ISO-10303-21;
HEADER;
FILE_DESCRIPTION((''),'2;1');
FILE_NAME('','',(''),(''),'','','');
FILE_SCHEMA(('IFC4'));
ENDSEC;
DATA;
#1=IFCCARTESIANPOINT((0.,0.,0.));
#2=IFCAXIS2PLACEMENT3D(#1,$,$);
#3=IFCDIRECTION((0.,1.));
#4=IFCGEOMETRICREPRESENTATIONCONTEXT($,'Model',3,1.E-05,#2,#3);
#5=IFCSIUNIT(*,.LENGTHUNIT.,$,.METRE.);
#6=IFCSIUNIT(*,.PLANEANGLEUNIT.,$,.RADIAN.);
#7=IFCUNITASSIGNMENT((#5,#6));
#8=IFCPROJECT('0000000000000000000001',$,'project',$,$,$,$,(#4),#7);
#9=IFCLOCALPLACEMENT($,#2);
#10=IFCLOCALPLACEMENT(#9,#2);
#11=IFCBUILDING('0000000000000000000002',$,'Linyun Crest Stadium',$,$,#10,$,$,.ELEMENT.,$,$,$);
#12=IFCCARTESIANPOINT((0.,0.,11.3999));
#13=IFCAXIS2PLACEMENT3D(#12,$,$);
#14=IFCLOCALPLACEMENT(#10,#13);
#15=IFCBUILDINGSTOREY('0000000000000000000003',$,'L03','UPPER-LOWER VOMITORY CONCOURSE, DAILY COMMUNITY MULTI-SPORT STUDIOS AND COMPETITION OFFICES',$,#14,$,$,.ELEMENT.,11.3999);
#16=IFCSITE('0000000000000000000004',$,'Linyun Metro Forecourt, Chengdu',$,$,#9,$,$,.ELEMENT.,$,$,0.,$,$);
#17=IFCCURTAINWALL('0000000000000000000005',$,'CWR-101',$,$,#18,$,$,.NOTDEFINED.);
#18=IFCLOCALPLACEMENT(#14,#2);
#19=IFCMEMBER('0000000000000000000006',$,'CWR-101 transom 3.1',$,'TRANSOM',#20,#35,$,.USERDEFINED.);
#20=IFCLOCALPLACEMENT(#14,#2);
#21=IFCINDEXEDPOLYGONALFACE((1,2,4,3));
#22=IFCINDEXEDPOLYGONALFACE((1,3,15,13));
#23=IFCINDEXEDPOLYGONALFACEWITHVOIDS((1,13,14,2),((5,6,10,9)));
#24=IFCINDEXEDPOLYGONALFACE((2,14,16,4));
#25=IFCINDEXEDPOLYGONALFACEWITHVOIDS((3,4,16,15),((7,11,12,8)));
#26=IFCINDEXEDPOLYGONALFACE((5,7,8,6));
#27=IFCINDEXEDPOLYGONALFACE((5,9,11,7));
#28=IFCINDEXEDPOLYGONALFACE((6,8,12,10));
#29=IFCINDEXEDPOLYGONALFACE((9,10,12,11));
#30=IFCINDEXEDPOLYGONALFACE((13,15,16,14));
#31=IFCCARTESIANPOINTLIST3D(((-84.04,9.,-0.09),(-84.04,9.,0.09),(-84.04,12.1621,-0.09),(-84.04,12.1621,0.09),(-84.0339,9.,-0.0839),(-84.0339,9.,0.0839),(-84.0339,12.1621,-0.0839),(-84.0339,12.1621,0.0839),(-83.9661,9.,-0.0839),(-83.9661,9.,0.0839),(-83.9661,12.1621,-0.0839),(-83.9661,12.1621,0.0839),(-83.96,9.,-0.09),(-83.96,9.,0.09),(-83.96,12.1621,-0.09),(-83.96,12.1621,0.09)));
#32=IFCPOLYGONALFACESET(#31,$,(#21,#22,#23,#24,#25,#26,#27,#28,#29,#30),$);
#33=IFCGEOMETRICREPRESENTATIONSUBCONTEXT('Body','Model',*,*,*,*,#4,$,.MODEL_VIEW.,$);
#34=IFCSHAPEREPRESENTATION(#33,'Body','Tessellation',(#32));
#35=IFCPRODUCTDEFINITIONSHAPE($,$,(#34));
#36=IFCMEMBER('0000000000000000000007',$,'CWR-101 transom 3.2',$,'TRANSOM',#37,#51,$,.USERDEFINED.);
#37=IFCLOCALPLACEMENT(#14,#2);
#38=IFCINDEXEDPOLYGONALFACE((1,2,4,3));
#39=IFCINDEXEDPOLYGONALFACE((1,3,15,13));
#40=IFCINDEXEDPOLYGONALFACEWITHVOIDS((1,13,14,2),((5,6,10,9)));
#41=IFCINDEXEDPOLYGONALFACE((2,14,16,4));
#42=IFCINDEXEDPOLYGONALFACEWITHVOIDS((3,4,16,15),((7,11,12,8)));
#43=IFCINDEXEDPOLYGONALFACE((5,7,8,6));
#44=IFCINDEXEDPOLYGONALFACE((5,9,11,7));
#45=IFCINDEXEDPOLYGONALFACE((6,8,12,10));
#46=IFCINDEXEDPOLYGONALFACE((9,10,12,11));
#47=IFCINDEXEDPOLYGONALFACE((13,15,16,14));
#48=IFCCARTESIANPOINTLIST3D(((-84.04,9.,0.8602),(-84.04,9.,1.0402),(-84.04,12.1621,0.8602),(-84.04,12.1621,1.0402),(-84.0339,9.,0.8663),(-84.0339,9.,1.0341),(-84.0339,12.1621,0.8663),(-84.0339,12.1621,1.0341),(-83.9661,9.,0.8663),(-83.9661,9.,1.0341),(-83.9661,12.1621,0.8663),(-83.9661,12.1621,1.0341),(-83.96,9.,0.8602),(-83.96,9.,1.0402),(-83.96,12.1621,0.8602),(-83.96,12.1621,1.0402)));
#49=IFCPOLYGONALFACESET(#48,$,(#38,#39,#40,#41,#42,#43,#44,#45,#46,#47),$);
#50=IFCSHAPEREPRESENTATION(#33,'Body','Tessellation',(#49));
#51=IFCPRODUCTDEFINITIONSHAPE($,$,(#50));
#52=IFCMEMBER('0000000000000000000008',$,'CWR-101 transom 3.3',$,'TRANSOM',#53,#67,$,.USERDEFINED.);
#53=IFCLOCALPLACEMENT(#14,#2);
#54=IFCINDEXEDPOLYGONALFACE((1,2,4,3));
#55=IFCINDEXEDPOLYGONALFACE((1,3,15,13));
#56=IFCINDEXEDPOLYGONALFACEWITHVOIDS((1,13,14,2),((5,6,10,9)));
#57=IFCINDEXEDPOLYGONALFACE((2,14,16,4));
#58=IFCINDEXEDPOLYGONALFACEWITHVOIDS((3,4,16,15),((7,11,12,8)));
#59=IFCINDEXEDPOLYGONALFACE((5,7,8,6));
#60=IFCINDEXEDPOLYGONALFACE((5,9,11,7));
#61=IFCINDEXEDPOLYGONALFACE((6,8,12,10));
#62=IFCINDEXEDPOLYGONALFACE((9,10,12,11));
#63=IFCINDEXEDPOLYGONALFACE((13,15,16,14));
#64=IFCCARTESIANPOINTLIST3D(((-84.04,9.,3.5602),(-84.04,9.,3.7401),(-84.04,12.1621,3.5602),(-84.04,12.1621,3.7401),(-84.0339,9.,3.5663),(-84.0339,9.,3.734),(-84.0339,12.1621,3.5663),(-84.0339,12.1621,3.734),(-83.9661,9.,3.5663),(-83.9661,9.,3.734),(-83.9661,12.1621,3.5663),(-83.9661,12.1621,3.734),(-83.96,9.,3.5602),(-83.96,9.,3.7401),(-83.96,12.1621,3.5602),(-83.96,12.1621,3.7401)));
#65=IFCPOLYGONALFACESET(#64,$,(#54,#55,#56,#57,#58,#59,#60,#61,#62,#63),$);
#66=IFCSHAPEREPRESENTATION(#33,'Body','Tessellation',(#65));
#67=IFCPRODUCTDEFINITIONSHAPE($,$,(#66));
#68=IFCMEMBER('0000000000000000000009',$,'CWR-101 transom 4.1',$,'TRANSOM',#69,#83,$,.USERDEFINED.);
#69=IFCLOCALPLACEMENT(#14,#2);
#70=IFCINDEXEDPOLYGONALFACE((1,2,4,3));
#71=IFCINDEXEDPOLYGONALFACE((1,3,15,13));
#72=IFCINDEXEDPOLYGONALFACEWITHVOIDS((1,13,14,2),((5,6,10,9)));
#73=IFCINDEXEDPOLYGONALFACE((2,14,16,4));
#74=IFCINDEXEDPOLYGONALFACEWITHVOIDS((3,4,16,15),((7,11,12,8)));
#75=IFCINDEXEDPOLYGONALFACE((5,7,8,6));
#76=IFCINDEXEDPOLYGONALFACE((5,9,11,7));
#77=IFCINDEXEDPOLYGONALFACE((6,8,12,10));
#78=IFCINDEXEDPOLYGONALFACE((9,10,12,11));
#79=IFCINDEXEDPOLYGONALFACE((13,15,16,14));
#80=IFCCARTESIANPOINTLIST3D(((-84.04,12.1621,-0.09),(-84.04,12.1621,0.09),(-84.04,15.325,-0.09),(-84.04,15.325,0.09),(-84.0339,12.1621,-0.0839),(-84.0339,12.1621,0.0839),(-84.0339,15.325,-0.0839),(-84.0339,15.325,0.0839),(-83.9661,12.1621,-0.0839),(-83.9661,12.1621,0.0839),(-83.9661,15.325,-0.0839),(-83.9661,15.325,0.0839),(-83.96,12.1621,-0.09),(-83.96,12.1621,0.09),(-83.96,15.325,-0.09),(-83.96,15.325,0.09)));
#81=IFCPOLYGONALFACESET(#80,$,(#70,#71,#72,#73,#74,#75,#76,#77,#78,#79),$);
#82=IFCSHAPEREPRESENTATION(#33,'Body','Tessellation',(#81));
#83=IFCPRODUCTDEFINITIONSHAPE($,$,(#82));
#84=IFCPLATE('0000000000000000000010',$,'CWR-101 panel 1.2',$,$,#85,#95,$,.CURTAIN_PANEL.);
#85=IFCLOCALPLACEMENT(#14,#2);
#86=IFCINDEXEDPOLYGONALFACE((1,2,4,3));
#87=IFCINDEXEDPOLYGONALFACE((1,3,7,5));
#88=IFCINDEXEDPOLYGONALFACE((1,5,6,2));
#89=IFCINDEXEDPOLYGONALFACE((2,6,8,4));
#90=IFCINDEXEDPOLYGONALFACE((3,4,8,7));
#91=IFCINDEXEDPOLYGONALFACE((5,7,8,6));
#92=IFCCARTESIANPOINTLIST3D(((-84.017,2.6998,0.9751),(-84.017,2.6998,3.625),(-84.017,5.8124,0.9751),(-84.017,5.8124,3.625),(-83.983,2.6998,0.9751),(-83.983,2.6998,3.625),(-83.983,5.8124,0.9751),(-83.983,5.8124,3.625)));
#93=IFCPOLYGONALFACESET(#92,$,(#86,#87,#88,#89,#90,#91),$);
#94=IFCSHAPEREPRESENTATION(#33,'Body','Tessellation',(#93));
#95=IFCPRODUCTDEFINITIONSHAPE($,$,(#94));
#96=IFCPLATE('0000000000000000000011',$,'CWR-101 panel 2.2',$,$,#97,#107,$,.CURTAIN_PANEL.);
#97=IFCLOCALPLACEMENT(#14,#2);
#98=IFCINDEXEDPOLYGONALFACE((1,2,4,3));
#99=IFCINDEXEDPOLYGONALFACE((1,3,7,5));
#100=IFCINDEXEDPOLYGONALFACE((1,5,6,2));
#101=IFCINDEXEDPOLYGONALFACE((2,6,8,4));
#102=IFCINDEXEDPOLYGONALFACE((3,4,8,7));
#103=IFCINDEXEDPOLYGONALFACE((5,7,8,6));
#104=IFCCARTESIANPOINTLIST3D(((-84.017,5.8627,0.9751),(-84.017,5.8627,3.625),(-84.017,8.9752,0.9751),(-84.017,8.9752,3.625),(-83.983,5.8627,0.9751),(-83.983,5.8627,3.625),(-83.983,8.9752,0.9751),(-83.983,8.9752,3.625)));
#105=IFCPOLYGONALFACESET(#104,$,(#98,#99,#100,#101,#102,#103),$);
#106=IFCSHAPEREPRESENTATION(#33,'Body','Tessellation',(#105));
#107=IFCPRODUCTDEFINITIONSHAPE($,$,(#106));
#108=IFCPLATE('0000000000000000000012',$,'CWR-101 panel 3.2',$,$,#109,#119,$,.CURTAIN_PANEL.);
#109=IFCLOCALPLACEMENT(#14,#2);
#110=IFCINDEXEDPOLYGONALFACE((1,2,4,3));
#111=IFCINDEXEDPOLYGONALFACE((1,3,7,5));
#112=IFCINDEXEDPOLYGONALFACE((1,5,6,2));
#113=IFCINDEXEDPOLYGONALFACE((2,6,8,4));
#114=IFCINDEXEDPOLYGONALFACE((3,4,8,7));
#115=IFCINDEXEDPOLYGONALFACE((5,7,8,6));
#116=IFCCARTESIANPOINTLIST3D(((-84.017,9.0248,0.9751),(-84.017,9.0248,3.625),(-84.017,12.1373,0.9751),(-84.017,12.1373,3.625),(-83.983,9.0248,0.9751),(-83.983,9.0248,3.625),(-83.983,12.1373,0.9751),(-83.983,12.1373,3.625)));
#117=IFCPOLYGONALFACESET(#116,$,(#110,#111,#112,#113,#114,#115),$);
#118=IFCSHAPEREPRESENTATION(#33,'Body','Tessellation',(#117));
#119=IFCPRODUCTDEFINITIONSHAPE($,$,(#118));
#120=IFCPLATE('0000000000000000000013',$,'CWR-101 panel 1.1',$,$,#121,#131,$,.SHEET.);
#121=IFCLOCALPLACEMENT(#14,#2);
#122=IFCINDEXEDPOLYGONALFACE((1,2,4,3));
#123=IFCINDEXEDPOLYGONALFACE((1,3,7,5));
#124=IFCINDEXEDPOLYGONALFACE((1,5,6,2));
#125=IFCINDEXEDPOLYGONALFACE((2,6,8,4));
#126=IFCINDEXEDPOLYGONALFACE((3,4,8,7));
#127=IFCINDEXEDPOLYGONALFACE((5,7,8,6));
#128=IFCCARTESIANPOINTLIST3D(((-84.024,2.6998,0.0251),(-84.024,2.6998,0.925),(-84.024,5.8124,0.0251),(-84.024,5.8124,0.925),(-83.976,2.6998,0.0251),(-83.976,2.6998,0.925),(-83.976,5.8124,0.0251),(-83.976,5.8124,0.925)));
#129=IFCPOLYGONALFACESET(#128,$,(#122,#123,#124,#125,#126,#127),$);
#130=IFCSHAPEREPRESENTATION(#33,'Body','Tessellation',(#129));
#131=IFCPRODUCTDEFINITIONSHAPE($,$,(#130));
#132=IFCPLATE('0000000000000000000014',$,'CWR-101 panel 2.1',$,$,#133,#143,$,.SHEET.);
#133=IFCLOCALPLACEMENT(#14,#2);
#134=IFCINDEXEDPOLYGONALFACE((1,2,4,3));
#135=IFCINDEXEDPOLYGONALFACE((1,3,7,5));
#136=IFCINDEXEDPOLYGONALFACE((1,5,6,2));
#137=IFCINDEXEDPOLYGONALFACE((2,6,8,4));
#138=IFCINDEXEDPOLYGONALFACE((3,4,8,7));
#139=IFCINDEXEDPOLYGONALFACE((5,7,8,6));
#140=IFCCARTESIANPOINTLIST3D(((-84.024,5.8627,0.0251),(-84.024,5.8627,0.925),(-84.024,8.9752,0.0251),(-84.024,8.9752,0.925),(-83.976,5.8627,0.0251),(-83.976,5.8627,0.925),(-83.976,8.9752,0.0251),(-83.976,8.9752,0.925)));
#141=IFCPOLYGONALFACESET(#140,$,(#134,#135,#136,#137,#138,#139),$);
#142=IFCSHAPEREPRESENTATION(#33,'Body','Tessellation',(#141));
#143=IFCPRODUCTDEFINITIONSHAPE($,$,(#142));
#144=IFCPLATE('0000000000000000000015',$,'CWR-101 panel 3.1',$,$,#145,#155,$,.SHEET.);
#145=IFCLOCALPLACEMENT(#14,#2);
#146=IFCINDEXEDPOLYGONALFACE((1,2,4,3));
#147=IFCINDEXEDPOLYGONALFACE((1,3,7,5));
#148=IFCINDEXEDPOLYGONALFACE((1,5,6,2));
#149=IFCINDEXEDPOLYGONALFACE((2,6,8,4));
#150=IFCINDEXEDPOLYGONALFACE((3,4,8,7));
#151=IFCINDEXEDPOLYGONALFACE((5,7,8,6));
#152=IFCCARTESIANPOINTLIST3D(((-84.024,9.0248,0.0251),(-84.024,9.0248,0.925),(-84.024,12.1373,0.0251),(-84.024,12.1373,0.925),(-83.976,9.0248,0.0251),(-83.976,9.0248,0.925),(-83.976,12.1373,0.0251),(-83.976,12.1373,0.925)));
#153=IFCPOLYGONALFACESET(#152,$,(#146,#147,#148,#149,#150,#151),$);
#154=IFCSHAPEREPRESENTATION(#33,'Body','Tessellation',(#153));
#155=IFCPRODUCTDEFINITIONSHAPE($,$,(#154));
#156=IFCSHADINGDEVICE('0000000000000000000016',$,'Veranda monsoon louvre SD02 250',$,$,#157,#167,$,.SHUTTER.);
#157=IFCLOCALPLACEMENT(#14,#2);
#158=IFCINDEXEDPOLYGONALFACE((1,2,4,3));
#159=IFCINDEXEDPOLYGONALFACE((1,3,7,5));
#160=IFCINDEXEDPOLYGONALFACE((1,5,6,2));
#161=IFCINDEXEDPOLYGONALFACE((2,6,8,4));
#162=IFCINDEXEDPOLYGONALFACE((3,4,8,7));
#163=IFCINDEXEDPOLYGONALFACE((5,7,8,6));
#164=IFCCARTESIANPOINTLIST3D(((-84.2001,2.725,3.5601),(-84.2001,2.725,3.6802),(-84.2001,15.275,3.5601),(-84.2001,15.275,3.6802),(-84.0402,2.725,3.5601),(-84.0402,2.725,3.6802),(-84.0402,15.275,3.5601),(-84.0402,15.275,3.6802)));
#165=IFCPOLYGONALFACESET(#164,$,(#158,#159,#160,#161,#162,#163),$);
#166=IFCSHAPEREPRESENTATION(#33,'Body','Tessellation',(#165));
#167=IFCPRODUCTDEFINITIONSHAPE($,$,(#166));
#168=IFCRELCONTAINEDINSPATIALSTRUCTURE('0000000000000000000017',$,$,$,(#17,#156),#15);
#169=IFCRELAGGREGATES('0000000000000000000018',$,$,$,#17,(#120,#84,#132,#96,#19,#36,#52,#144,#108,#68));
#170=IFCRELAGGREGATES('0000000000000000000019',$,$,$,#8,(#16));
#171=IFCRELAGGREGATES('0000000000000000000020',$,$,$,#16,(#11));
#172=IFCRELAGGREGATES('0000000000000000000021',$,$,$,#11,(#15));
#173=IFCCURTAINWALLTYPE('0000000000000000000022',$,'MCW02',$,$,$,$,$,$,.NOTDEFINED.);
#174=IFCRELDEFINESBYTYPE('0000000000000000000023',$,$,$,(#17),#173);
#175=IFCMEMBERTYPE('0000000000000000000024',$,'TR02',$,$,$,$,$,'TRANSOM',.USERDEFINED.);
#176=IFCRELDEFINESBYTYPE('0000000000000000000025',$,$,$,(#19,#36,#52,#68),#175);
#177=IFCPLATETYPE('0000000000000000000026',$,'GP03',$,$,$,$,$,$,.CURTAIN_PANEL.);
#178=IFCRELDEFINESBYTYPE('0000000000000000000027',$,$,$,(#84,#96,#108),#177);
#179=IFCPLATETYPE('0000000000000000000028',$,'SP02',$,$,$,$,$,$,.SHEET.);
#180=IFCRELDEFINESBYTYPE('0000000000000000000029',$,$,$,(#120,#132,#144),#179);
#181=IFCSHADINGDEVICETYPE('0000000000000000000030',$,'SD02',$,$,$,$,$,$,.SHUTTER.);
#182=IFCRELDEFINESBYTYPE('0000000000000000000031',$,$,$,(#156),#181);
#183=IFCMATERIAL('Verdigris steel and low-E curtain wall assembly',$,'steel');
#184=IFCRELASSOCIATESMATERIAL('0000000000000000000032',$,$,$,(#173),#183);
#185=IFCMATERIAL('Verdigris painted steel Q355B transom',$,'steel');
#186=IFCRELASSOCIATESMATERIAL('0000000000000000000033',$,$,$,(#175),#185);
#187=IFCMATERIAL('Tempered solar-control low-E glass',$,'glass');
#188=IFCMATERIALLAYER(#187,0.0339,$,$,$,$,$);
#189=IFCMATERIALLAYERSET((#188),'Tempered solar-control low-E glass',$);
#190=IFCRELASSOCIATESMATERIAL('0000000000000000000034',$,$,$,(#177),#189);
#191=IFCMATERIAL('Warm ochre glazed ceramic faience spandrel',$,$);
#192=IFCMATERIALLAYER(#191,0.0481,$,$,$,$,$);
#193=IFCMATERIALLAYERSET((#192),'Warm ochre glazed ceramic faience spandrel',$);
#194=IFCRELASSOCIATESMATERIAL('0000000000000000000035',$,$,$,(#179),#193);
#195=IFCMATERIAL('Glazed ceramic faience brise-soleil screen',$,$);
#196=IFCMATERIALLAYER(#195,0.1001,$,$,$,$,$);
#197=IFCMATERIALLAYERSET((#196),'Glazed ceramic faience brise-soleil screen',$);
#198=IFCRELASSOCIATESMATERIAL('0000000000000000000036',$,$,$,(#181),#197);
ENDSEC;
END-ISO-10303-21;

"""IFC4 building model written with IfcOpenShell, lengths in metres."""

from ifc_helpers import new_model, si_unit, direction, frame, origin, origin_2d, place, context, subcontext, project, spatial, rectangle, hollow_rectangle, extrude, material, layer, layer_set, material_profile, profile_set, type_object, element, aggregate, save


model = new_model("IFC4")

# Units and contexts
model_context = context("Model", 3, precision=1e-05, world=origin(), true_north=direction((0.0, 1.0)))
body_context = subcontext(model_context, "Body", "Model", "MODEL_VIEW")
ifc_project = project(units=[si_unit("LENGTHUNIT", "METRE"), si_unit("PLANEANGLEUNIT", "RADIAN")], contexts=[model_context])

# Site, building, storey
site_placement = place(None, origin())
site = spatial("IfcSite", under=ifc_project, at=site_placement, Name="Linyun Metro Forecourt, Chengdu", CompositionType="ELEMENT", RefElevation=0.0)
building_placement = place(site_placement, origin())
building = spatial("IfcBuilding", under=site, at=building_placement, Name="Linyun Crest Stadium", CompositionType="ELEMENT")
storey_placement = place(building_placement, frame((0.0, 0.0, 11.3999)))
storey = spatial("IfcBuildingStorey", under=building, at=storey_placement, Name="L03", Description="UPPER-LOWER VOMITORY CONCOURSE, DAILY COMMUNITY MULTI-SPORT STUDIOS AND COMPETITION OFFICES", CompositionType="ELEMENT", Elevation=11.3999)

# Curtain wall, members, plates
ifc_material_1 = material(Name="Verdigris steel and low-E curtain wall assembly", Category="steel")
curtain_wall_type = type_object("IfcCurtainWallType", Name="MCW02", PredefinedType="NOTDEFINED", material=ifc_material_1)
curtain_wall_placement = place(storey_placement, origin())
curtain_wall = element("IfcCurtainWall", 1, at=curtain_wall_placement, inside=storey, type_object=curtain_wall_type, Name="CWR-101", PredefinedType="NOTDEFINED")
ifc_material_2 = material(Name="Verdigris painted steel Q355B transom", Category="steel")
ifc_material_profile_1 = material_profile(ifc_material_2, hollow_rectangle(XDim=0.0801, YDim=0.1799, WallThickness=0.0061, at=origin_2d()), Name="RHS 180x80x6")
ifc_profile_set_1 = profile_set([ifc_material_profile_1], Name="Verdigris painted steel Q355B transom")
member_type_1 = type_object("IfcMemberType", Name="TR02", ElementType="TRANSOM", PredefinedType="USERDEFINED", material=ifc_profile_set_1)
member_1_placement = place(storey_placement, frame((-84.0, 9.0, 0.0), z_axis=(0.0, 1.0, 0.0), x_axis=(-1.0, 0.0, 0.0)))
member_1 = element("IfcMember", 2, at=member_1_placement, type_object=member_type_1, Name="CWR-101 transom 3.1", ObjectType="TRANSOM", PredefinedType="USERDEFINED", context=body_context, shape_type="SweptSolid", body=[
    extrude(hollow_rectangle(XDim=0.0801, YDim=0.1799, WallThickness=0.0061, at=origin_2d()), origin(), (0.0, 0.0, 1.0), 3.1621),
])
member_2_placement = place(storey_placement, frame((-84.0, 9.0, 0.9502), z_axis=(0.0, 1.0, 0.0), x_axis=(-1.0, 0.0, 0.0)))
member_2 = element("IfcMember", 3, at=member_2_placement, type_object=member_type_1, Name="CWR-101 transom 3.2", ObjectType="TRANSOM", PredefinedType="USERDEFINED", context=body_context, shape_type="SweptSolid", body=[
    extrude(hollow_rectangle(XDim=0.0801, YDim=0.1799, WallThickness=0.0061, at=origin_2d()), origin(), (0.0, 0.0, 1.0), 3.1621),
])
member_3_placement = place(storey_placement, frame((-84.0, 9.0, 3.6501), z_axis=(0.0, 1.0, 0.0), x_axis=(-1.0, 0.0, 0.0)))
member_3 = element("IfcMember", 4, at=member_3_placement, type_object=member_type_1, Name="CWR-101 transom 3.3", ObjectType="TRANSOM", PredefinedType="USERDEFINED", context=body_context, shape_type="SweptSolid", body=[
    extrude(hollow_rectangle(XDim=0.0801, YDim=0.1799, WallThickness=0.0061, at=origin_2d()), origin(), (0.0, 0.0, 1.0), 3.1621),
])
member_4_placement = place(storey_placement, frame((-84.0, 12.1621, 0.0), z_axis=(0.0, 1.0, 0.0), x_axis=(-1.0, 0.0, 0.0)))
member_4 = element("IfcMember", 5, at=member_4_placement, type_object=member_type_1, Name="CWR-101 transom 4.1", ObjectType="TRANSOM", PredefinedType="USERDEFINED", context=body_context, shape_type="SweptSolid", body=[
    extrude(hollow_rectangle(XDim=0.0801, YDim=0.1799, WallThickness=0.0061, at=origin_2d()), origin(), (0.0, 0.0, 1.0), 3.1628),
])
ifc_material_3 = material(Name="Tempered solar-control low-E glass", Category="glass")
ifc_layer_1 = layer(ifc_material_3, 0.0339)
ifc_layer_set_1 = layer_set([ifc_layer_1], Name="Tempered solar-control low-E glass")
plate_type_1 = type_object("IfcPlateType", Name="GP03", PredefinedType="CURTAIN_PANEL", material=ifc_layer_set_1)
plate_1_placement = place(storey_placement, frame((-84.0, 4.2561, 0.9751), z_axis=(0.0, 0.0, 1.0), x_axis=(0.0, 1.0, 0.0)))
plate_1 = element("IfcPlate", 6, at=plate_1_placement, type_object=plate_type_1, Name="CWR-101 panel 1.2", PredefinedType="CURTAIN_PANEL", context=body_context, shape_type="SweptSolid", body=[
    extrude(rectangle(XDim=3.1125, YDim=0.0339, at=origin_2d()), origin(), (0.0, 0.0, 1.0), 2.6499),
])
plate_2_placement = place(storey_placement, frame((-84.0, 7.4189, 0.9751), z_axis=(0.0, 0.0, 1.0), x_axis=(0.0, 1.0, 0.0)))
plate_2 = element("IfcPlate", 7, at=plate_2_placement, type_object=plate_type_1, Name="CWR-101 panel 2.2", PredefinedType="CURTAIN_PANEL", context=body_context, shape_type="SweptSolid", body=[
    extrude(rectangle(XDim=3.1125, YDim=0.0339, at=origin_2d()), origin(), (0.0, 0.0, 1.0), 2.6499),
])
plate_3_placement = place(storey_placement, frame((-84.0, 10.5811, 0.9751), z_axis=(0.0, 0.0, 1.0), x_axis=(0.0, 1.0, 0.0)))
plate_3 = element("IfcPlate", 8, at=plate_3_placement, type_object=plate_type_1, Name="CWR-101 panel 3.2", PredefinedType="CURTAIN_PANEL", context=body_context, shape_type="SweptSolid", body=[
    extrude(rectangle(XDim=3.1125, YDim=0.0339, at=origin_2d()), origin(), (0.0, 0.0, 1.0), 2.6499),
])
ifc_material_4 = material(Name="Warm ochre glazed ceramic faience spandrel")
ifc_layer_2 = layer(ifc_material_4, 0.0481)
ifc_layer_set_2 = layer_set([ifc_layer_2], Name="Warm ochre glazed ceramic faience spandrel")
plate_type_2 = type_object("IfcPlateType", Name="SP02", PredefinedType="SHEET", material=ifc_layer_set_2)
plate_4_placement = place(storey_placement, frame((-84.0, 4.2561, 0.0251), z_axis=(0.0, 0.0, 1.0), x_axis=(0.0, 1.0, 0.0)))
plate_4 = element("IfcPlate", 9, at=plate_4_placement, type_object=plate_type_2, Name="CWR-101 panel 1.1", PredefinedType="SHEET", context=body_context, shape_type="SweptSolid", body=[
    extrude(rectangle(XDim=3.1125, YDim=0.0481, at=origin_2d()), origin(), (0.0, 0.0, 1.0), 0.8999),
])
plate_5_placement = place(storey_placement, frame((-84.0, 7.4189, 0.0251), z_axis=(0.0, 0.0, 1.0), x_axis=(0.0, 1.0, 0.0)))
plate_5 = element("IfcPlate", 10, at=plate_5_placement, type_object=plate_type_2, Name="CWR-101 panel 2.1", PredefinedType="SHEET", context=body_context, shape_type="SweptSolid", body=[
    extrude(rectangle(XDim=3.1125, YDim=0.0481, at=origin_2d()), origin(), (0.0, 0.0, 1.0), 0.8999),
])
plate_6_placement = place(storey_placement, frame((-84.0, 10.5811, 0.0251), z_axis=(0.0, 0.0, 1.0), x_axis=(0.0, 1.0, 0.0)))
plate_6 = element("IfcPlate", 11, at=plate_6_placement, type_object=plate_type_2, Name="CWR-101 panel 3.1", PredefinedType="SHEET", context=body_context, shape_type="SweptSolid", body=[
    extrude(rectangle(XDim=3.1125, YDim=0.0481, at=origin_2d()), origin(), (0.0, 0.0, 1.0), 0.8999),
])
aggregate(curtain_wall, [plate_4, plate_1, plate_5, plate_2, member_1, member_2, member_3, plate_6, plate_3, member_4])

# Shading device
ifc_material_5 = material(Name="Glazed ceramic faience brise-soleil screen")
ifc_layer_3 = layer(ifc_material_5, 0.1001)
ifc_layer_set_3 = layer_set([ifc_layer_3], Name="Glazed ceramic faience brise-soleil screen")
shading_device_type = type_object("IfcShadingDeviceType", Name="SD02", PredefinedType="SHUTTER", material=ifc_layer_set_3)
shading_device_placement = place(storey_placement, frame((-84.1201, 9.0, 3.5601), z_axis=(0.0, 0.0, 1.0), x_axis=(1.0, 0.0, 0.0)))
element("IfcShadingDevice", 12, at=shading_device_placement, inside=storey, type_object=shading_device_type, Name="Veranda monsoon louvre SD02 250", PredefinedType="SHUTTER", context=body_context, shape_type="SweptSolid", body=[
    extrude(rectangle(XDim=0.1599, YDim=12.55, at=origin_2d()), origin(), (0.0, 0.0, 1.0), 0.1201),
])

save(model, "model.ifc")
